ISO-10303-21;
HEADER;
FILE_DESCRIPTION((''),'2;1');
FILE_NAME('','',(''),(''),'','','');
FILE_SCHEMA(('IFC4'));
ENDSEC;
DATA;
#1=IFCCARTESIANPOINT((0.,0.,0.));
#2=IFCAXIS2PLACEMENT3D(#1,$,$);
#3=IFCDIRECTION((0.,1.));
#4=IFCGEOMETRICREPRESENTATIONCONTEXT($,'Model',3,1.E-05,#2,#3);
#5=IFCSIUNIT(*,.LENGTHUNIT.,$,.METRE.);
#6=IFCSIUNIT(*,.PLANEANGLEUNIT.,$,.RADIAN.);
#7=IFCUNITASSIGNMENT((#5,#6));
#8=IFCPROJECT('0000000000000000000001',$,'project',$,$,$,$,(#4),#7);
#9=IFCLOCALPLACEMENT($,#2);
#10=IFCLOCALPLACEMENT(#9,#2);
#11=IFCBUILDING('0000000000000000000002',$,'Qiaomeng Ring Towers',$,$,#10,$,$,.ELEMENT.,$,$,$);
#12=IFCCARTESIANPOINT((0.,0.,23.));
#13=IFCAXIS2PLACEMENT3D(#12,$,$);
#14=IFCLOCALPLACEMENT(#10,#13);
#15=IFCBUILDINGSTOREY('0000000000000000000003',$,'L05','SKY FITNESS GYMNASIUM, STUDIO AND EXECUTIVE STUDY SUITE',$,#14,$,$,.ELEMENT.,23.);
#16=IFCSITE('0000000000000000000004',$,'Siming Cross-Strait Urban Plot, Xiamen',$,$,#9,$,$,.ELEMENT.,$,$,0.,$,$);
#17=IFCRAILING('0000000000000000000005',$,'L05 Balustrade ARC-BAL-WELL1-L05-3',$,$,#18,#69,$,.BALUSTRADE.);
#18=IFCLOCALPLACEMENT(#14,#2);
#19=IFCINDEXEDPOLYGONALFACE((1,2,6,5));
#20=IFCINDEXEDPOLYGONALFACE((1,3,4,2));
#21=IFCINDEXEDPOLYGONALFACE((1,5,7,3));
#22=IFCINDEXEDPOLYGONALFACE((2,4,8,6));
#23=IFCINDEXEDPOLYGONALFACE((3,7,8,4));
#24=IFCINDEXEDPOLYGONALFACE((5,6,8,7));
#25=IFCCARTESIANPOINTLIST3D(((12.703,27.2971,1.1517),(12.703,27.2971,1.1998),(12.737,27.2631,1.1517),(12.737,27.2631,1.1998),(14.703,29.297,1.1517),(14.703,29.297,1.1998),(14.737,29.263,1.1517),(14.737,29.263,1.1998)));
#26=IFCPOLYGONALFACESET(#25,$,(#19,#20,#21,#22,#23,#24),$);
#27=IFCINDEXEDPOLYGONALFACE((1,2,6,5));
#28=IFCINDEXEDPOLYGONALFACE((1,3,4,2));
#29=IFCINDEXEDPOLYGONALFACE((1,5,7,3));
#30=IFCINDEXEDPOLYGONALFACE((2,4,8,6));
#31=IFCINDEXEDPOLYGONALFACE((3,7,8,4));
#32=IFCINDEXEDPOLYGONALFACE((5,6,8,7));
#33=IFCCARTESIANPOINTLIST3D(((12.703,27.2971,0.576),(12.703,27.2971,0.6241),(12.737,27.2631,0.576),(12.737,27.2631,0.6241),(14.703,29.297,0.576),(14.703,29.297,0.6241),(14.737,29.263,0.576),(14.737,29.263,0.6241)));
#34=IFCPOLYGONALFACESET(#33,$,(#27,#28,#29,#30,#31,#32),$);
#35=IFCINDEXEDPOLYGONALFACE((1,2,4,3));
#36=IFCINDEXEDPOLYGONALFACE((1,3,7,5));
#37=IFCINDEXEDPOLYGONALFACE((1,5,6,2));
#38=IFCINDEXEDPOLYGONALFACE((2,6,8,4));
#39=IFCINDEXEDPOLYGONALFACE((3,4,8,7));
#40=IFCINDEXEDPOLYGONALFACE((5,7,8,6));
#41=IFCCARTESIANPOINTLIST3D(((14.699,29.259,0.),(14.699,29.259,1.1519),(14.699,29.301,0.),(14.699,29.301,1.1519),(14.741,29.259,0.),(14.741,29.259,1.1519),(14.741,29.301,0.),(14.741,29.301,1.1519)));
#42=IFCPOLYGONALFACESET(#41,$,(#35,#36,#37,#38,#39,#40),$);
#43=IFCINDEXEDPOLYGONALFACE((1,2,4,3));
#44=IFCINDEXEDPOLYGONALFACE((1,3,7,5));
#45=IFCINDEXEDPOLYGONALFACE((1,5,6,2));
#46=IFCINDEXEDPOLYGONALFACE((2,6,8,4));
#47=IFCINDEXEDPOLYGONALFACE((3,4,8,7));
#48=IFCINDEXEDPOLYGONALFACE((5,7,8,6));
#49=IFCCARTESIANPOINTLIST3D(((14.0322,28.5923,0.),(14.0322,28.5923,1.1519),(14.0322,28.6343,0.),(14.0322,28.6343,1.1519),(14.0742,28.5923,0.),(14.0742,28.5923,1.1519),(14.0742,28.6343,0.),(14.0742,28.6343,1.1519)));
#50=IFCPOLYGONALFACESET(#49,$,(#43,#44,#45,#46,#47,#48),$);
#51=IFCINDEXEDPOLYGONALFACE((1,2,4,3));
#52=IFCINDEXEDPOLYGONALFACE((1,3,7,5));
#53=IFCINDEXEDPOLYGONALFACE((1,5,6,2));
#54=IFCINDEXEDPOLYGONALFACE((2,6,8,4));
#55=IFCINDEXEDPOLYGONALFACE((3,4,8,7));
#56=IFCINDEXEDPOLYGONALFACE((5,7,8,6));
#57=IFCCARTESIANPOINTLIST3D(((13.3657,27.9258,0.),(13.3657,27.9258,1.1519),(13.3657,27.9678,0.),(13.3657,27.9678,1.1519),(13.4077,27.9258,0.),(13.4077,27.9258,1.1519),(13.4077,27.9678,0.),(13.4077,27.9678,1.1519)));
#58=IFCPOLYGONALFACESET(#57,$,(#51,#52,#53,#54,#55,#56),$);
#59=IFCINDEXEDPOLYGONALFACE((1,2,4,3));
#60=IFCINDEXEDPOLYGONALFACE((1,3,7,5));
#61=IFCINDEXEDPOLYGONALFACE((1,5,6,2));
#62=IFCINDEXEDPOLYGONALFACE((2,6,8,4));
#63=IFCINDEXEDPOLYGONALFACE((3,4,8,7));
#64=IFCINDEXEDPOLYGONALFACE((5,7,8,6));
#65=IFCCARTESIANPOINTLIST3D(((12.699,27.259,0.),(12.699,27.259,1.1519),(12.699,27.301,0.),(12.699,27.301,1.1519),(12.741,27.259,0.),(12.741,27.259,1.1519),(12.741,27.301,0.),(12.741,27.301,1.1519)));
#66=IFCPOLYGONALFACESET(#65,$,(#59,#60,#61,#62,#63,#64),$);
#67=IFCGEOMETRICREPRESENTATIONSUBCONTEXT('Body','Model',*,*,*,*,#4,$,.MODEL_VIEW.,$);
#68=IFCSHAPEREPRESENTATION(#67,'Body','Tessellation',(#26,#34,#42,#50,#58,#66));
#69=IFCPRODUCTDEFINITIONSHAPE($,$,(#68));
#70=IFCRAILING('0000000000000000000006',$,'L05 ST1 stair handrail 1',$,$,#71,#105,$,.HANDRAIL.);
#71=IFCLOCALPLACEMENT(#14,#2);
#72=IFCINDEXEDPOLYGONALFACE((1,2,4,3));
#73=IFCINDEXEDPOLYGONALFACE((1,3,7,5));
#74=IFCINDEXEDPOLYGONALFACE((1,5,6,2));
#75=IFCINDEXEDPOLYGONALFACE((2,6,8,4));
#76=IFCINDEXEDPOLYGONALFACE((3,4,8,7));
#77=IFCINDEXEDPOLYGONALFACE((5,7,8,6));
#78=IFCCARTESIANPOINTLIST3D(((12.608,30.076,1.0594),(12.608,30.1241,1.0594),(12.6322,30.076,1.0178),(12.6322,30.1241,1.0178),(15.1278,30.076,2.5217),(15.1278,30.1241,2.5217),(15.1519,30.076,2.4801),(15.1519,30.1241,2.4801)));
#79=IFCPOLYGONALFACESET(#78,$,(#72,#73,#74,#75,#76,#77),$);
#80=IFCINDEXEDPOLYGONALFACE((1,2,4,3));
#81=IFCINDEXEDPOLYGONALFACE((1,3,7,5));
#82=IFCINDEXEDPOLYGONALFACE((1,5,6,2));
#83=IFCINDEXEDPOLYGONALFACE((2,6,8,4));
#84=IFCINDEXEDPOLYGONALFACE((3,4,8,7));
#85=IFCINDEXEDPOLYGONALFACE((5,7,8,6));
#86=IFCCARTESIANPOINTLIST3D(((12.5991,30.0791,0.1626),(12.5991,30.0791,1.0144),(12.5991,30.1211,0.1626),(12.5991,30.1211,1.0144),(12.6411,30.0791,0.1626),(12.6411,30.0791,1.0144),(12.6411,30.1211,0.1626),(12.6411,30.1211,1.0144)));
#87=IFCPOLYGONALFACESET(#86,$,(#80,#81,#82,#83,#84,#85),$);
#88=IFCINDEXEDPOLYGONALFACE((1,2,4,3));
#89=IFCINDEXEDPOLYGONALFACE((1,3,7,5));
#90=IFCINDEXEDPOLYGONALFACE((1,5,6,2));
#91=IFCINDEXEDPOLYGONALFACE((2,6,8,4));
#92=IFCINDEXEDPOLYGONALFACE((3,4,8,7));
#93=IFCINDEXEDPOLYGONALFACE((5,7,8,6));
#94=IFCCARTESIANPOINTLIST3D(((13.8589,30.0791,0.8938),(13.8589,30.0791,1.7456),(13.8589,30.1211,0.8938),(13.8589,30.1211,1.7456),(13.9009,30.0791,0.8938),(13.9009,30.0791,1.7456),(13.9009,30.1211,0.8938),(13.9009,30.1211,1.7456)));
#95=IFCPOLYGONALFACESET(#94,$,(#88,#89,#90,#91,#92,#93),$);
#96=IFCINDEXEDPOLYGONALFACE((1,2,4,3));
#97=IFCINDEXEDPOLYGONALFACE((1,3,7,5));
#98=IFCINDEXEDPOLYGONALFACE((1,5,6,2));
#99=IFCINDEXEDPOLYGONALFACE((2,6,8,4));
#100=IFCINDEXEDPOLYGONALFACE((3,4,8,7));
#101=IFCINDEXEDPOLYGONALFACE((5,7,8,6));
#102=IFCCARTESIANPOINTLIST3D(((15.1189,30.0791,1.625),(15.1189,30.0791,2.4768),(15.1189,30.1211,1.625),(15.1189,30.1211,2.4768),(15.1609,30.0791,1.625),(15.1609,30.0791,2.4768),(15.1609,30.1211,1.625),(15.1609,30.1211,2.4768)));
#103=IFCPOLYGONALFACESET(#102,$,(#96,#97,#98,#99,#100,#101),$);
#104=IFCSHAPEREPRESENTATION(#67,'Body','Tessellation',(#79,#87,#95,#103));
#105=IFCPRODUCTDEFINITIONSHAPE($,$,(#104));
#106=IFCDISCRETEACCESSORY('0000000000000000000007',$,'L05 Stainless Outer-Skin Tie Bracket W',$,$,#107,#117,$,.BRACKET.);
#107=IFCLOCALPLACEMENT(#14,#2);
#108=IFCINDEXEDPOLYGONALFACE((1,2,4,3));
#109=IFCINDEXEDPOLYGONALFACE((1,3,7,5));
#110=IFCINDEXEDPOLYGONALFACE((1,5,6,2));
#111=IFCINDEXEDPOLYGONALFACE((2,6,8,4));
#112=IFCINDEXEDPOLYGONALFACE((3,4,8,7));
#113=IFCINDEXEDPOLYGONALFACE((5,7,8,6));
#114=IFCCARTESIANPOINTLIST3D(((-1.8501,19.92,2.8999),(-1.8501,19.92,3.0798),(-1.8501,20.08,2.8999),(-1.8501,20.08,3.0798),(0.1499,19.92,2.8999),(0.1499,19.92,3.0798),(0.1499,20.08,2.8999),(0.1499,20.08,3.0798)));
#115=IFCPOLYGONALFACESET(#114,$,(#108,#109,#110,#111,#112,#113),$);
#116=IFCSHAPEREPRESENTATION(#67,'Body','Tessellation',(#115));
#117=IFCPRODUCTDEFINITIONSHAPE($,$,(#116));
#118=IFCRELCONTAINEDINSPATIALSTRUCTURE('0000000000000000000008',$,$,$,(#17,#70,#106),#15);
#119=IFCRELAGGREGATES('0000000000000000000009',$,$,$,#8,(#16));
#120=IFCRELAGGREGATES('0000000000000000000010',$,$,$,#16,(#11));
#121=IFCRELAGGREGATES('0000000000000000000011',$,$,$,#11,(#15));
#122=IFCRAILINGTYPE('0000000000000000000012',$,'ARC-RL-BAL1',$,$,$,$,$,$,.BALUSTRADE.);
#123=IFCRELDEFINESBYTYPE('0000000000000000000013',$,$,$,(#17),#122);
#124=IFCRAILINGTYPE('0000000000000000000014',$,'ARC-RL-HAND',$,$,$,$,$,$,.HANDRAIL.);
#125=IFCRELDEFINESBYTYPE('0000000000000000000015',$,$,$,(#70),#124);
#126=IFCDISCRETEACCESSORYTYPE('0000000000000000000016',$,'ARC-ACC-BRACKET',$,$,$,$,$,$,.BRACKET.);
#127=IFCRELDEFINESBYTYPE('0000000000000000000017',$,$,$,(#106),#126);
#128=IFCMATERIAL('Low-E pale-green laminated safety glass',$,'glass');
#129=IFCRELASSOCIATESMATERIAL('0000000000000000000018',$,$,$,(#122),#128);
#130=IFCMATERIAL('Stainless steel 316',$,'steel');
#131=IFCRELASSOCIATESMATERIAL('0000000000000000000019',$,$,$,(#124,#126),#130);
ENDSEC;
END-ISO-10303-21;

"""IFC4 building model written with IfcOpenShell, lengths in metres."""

from ifc_helpers import new_model, si_unit, direction, frame, origin, origin_2d, place, context, subcontext, project, spatial, rectangle, extrude, source, transform, mapped, material, type_object, element, save


model = new_model("IFC4")

# Units and contexts
model_context = context("Model", 3, precision=1e-05, world=origin(), true_north=direction((0.0, 1.0)))
body_context = subcontext(model_context, "Body", "Model", "MODEL_VIEW")
ifc_project = project(units=[si_unit("LENGTHUNIT", "METRE"), si_unit("PLANEANGLEUNIT", "RADIAN")], contexts=[model_context])

# Site, building, storey
site_placement = place(None, origin())
site = spatial("IfcSite", under=ifc_project, at=site_placement, Name="Siming Cross-Strait Urban Plot, Xiamen", CompositionType="ELEMENT", RefElevation=0.0)
building_placement = place(site_placement, origin())
building = spatial("IfcBuilding", under=site, at=building_placement, Name="Qiaomeng Ring Towers", CompositionType="ELEMENT")
storey_placement = place(building_placement, frame((0.0, 0.0, 23.0)))
storey = spatial("IfcBuildingStorey", under=building, at=storey_placement, Name="L05", Description="SKY FITNESS GYMNASIUM, STUDIO AND EXECUTIVE STUDY SUITE", CompositionType="ELEMENT", Elevation=23.0)

# Railings
ifc_material_1 = material(Name="Low-E pale-green laminated safety glass", Category="glass")
railing_type_1 = type_object("IfcRailingType", Name="ARC-RL-BAL1", PredefinedType="BALUSTRADE", material=ifc_material_1)
railing_1_placement = place(storey_placement, frame((14.72, 29.28, 0.0)))
element("IfcRailing", 1, at=railing_1_placement, inside=storey, type_object=railing_type_1, Name="L05 Balustrade ARC-BAL-WELL1-L05-3", PredefinedType="BALUSTRADE", context=body_context, shape_type="SweptSolid", body=[
    extrude(rectangle(XDim=0.0481, YDim=0.0481, at=origin_2d()), frame((0.0, 0.0, 1.1758), z_axis=(-0.707107, -0.707107, 0.0), x_axis=(0.707107, -0.707107, 0.0)), (0.0, 0.0, 1.0), 2.8284),
    extrude(rectangle(XDim=0.0481, YDim=0.0481, at=origin_2d()), frame((0.0, 0.0, 0.6001), z_axis=(-0.707107, -0.707107, 0.0), x_axis=(0.707107, -0.707107, 0.0)), (0.0, 0.0, 1.0), 2.8284),
    extrude(rectangle(XDim=0.042, YDim=0.042, at=origin_2d()), origin(), (0.0, 0.0, 1.0), 1.1519),
    extrude(rectangle(XDim=0.042, YDim=0.042, at=origin_2d()), frame((-0.6667, -0.6667, 0.0)), (0.0, 0.0, 1.0), 1.1519),
    extrude(rectangle(XDim=0.042, YDim=0.042, at=origin_2d()), frame((-1.3333, -1.3333, 0.0)), (0.0, 0.0, 1.0), 1.1519),
    extrude(rectangle(XDim=0.042, YDim=0.042, at=origin_2d()), frame((-2.0, -2.0, 0.0)), (0.0, 0.0, 1.0), 1.1519),
])
ifc_material_2 = material(Name="Stainless steel 316", Category="steel")
railing_type_2 = type_object("IfcRailingType", Name="ARC-RL-HAND", PredefinedType="HANDRAIL", material=ifc_material_2)
railing_2_placement = place(storey_placement, frame((12.6201, 30.1001, 0.1626)))
element("IfcRailing", 2, at=railing_2_placement, inside=storey, type_object=railing_type_2, Name="L05 ST1 stair handrail 1", PredefinedType="HANDRAIL", context=body_context, shape_type="SweptSolid", body=[
    extrude(rectangle(XDim=0.0481, YDim=0.0481, at=origin_2d()), frame((0.0, 0.0, 0.876), z_axis=(0.864892, 0.0, 0.501958), x_axis=(0.0, 1.0, 0.0)), (0.0, 0.0, 1.0), 2.9133),
    extrude(rectangle(XDim=0.042, YDim=0.042, at=origin_2d()), origin(), (0.0, 0.0, 1.0), 0.8518),
    extrude(rectangle(XDim=0.042, YDim=0.042, at=origin_2d()), frame((1.2598, 0.0, 0.7312)), (0.0, 0.0, 1.0), 0.8518),
    extrude(rectangle(XDim=0.042, YDim=0.042, at=origin_2d()), frame((2.5198, 0.0, 1.4624)), (0.0, 0.0, 1.0), 0.8518),
])

# Discrete accessory
discrete_accessory_type = type_object("IfcDiscreteAccessoryType", Name="ARC-ACC-BRACKET", PredefinedType="BRACKET", material=ifc_material_2)
shared_shape_1 = source(origin(), body_context, "Body", "SweptSolid", [
    extrude(rectangle(XDim=2.0, YDim=0.1599, at=origin_2d()), origin(), (0.0, 0.0, 1.0), 0.1799),
])
discrete_accessory_placement = place(storey_placement, frame((-0.8501, 20.0, 2.8999), z_axis=(0.0, 0.0, 1.0), x_axis=(1.0, 0.0, 0.0)))
element("IfcDiscreteAccessory", 3, at=discrete_accessory_placement, inside=storey, type_object=discrete_accessory_type, Name="L05 Stainless Outer-Skin Tie Bracket W", PredefinedType="BRACKET", context=body_context, shape_type="MappedRepresentation", body=[
    mapped(shared_shape_1, transform((0.0, 0.0, 0.0), x_axis=(1.0, 0.0, 0.0), y_axis=(0.0, 1.0, 0.0), z_axis=(0.0, 0.0, 1.0), scale=1.0)),
])

save(model, "model.ifc")
